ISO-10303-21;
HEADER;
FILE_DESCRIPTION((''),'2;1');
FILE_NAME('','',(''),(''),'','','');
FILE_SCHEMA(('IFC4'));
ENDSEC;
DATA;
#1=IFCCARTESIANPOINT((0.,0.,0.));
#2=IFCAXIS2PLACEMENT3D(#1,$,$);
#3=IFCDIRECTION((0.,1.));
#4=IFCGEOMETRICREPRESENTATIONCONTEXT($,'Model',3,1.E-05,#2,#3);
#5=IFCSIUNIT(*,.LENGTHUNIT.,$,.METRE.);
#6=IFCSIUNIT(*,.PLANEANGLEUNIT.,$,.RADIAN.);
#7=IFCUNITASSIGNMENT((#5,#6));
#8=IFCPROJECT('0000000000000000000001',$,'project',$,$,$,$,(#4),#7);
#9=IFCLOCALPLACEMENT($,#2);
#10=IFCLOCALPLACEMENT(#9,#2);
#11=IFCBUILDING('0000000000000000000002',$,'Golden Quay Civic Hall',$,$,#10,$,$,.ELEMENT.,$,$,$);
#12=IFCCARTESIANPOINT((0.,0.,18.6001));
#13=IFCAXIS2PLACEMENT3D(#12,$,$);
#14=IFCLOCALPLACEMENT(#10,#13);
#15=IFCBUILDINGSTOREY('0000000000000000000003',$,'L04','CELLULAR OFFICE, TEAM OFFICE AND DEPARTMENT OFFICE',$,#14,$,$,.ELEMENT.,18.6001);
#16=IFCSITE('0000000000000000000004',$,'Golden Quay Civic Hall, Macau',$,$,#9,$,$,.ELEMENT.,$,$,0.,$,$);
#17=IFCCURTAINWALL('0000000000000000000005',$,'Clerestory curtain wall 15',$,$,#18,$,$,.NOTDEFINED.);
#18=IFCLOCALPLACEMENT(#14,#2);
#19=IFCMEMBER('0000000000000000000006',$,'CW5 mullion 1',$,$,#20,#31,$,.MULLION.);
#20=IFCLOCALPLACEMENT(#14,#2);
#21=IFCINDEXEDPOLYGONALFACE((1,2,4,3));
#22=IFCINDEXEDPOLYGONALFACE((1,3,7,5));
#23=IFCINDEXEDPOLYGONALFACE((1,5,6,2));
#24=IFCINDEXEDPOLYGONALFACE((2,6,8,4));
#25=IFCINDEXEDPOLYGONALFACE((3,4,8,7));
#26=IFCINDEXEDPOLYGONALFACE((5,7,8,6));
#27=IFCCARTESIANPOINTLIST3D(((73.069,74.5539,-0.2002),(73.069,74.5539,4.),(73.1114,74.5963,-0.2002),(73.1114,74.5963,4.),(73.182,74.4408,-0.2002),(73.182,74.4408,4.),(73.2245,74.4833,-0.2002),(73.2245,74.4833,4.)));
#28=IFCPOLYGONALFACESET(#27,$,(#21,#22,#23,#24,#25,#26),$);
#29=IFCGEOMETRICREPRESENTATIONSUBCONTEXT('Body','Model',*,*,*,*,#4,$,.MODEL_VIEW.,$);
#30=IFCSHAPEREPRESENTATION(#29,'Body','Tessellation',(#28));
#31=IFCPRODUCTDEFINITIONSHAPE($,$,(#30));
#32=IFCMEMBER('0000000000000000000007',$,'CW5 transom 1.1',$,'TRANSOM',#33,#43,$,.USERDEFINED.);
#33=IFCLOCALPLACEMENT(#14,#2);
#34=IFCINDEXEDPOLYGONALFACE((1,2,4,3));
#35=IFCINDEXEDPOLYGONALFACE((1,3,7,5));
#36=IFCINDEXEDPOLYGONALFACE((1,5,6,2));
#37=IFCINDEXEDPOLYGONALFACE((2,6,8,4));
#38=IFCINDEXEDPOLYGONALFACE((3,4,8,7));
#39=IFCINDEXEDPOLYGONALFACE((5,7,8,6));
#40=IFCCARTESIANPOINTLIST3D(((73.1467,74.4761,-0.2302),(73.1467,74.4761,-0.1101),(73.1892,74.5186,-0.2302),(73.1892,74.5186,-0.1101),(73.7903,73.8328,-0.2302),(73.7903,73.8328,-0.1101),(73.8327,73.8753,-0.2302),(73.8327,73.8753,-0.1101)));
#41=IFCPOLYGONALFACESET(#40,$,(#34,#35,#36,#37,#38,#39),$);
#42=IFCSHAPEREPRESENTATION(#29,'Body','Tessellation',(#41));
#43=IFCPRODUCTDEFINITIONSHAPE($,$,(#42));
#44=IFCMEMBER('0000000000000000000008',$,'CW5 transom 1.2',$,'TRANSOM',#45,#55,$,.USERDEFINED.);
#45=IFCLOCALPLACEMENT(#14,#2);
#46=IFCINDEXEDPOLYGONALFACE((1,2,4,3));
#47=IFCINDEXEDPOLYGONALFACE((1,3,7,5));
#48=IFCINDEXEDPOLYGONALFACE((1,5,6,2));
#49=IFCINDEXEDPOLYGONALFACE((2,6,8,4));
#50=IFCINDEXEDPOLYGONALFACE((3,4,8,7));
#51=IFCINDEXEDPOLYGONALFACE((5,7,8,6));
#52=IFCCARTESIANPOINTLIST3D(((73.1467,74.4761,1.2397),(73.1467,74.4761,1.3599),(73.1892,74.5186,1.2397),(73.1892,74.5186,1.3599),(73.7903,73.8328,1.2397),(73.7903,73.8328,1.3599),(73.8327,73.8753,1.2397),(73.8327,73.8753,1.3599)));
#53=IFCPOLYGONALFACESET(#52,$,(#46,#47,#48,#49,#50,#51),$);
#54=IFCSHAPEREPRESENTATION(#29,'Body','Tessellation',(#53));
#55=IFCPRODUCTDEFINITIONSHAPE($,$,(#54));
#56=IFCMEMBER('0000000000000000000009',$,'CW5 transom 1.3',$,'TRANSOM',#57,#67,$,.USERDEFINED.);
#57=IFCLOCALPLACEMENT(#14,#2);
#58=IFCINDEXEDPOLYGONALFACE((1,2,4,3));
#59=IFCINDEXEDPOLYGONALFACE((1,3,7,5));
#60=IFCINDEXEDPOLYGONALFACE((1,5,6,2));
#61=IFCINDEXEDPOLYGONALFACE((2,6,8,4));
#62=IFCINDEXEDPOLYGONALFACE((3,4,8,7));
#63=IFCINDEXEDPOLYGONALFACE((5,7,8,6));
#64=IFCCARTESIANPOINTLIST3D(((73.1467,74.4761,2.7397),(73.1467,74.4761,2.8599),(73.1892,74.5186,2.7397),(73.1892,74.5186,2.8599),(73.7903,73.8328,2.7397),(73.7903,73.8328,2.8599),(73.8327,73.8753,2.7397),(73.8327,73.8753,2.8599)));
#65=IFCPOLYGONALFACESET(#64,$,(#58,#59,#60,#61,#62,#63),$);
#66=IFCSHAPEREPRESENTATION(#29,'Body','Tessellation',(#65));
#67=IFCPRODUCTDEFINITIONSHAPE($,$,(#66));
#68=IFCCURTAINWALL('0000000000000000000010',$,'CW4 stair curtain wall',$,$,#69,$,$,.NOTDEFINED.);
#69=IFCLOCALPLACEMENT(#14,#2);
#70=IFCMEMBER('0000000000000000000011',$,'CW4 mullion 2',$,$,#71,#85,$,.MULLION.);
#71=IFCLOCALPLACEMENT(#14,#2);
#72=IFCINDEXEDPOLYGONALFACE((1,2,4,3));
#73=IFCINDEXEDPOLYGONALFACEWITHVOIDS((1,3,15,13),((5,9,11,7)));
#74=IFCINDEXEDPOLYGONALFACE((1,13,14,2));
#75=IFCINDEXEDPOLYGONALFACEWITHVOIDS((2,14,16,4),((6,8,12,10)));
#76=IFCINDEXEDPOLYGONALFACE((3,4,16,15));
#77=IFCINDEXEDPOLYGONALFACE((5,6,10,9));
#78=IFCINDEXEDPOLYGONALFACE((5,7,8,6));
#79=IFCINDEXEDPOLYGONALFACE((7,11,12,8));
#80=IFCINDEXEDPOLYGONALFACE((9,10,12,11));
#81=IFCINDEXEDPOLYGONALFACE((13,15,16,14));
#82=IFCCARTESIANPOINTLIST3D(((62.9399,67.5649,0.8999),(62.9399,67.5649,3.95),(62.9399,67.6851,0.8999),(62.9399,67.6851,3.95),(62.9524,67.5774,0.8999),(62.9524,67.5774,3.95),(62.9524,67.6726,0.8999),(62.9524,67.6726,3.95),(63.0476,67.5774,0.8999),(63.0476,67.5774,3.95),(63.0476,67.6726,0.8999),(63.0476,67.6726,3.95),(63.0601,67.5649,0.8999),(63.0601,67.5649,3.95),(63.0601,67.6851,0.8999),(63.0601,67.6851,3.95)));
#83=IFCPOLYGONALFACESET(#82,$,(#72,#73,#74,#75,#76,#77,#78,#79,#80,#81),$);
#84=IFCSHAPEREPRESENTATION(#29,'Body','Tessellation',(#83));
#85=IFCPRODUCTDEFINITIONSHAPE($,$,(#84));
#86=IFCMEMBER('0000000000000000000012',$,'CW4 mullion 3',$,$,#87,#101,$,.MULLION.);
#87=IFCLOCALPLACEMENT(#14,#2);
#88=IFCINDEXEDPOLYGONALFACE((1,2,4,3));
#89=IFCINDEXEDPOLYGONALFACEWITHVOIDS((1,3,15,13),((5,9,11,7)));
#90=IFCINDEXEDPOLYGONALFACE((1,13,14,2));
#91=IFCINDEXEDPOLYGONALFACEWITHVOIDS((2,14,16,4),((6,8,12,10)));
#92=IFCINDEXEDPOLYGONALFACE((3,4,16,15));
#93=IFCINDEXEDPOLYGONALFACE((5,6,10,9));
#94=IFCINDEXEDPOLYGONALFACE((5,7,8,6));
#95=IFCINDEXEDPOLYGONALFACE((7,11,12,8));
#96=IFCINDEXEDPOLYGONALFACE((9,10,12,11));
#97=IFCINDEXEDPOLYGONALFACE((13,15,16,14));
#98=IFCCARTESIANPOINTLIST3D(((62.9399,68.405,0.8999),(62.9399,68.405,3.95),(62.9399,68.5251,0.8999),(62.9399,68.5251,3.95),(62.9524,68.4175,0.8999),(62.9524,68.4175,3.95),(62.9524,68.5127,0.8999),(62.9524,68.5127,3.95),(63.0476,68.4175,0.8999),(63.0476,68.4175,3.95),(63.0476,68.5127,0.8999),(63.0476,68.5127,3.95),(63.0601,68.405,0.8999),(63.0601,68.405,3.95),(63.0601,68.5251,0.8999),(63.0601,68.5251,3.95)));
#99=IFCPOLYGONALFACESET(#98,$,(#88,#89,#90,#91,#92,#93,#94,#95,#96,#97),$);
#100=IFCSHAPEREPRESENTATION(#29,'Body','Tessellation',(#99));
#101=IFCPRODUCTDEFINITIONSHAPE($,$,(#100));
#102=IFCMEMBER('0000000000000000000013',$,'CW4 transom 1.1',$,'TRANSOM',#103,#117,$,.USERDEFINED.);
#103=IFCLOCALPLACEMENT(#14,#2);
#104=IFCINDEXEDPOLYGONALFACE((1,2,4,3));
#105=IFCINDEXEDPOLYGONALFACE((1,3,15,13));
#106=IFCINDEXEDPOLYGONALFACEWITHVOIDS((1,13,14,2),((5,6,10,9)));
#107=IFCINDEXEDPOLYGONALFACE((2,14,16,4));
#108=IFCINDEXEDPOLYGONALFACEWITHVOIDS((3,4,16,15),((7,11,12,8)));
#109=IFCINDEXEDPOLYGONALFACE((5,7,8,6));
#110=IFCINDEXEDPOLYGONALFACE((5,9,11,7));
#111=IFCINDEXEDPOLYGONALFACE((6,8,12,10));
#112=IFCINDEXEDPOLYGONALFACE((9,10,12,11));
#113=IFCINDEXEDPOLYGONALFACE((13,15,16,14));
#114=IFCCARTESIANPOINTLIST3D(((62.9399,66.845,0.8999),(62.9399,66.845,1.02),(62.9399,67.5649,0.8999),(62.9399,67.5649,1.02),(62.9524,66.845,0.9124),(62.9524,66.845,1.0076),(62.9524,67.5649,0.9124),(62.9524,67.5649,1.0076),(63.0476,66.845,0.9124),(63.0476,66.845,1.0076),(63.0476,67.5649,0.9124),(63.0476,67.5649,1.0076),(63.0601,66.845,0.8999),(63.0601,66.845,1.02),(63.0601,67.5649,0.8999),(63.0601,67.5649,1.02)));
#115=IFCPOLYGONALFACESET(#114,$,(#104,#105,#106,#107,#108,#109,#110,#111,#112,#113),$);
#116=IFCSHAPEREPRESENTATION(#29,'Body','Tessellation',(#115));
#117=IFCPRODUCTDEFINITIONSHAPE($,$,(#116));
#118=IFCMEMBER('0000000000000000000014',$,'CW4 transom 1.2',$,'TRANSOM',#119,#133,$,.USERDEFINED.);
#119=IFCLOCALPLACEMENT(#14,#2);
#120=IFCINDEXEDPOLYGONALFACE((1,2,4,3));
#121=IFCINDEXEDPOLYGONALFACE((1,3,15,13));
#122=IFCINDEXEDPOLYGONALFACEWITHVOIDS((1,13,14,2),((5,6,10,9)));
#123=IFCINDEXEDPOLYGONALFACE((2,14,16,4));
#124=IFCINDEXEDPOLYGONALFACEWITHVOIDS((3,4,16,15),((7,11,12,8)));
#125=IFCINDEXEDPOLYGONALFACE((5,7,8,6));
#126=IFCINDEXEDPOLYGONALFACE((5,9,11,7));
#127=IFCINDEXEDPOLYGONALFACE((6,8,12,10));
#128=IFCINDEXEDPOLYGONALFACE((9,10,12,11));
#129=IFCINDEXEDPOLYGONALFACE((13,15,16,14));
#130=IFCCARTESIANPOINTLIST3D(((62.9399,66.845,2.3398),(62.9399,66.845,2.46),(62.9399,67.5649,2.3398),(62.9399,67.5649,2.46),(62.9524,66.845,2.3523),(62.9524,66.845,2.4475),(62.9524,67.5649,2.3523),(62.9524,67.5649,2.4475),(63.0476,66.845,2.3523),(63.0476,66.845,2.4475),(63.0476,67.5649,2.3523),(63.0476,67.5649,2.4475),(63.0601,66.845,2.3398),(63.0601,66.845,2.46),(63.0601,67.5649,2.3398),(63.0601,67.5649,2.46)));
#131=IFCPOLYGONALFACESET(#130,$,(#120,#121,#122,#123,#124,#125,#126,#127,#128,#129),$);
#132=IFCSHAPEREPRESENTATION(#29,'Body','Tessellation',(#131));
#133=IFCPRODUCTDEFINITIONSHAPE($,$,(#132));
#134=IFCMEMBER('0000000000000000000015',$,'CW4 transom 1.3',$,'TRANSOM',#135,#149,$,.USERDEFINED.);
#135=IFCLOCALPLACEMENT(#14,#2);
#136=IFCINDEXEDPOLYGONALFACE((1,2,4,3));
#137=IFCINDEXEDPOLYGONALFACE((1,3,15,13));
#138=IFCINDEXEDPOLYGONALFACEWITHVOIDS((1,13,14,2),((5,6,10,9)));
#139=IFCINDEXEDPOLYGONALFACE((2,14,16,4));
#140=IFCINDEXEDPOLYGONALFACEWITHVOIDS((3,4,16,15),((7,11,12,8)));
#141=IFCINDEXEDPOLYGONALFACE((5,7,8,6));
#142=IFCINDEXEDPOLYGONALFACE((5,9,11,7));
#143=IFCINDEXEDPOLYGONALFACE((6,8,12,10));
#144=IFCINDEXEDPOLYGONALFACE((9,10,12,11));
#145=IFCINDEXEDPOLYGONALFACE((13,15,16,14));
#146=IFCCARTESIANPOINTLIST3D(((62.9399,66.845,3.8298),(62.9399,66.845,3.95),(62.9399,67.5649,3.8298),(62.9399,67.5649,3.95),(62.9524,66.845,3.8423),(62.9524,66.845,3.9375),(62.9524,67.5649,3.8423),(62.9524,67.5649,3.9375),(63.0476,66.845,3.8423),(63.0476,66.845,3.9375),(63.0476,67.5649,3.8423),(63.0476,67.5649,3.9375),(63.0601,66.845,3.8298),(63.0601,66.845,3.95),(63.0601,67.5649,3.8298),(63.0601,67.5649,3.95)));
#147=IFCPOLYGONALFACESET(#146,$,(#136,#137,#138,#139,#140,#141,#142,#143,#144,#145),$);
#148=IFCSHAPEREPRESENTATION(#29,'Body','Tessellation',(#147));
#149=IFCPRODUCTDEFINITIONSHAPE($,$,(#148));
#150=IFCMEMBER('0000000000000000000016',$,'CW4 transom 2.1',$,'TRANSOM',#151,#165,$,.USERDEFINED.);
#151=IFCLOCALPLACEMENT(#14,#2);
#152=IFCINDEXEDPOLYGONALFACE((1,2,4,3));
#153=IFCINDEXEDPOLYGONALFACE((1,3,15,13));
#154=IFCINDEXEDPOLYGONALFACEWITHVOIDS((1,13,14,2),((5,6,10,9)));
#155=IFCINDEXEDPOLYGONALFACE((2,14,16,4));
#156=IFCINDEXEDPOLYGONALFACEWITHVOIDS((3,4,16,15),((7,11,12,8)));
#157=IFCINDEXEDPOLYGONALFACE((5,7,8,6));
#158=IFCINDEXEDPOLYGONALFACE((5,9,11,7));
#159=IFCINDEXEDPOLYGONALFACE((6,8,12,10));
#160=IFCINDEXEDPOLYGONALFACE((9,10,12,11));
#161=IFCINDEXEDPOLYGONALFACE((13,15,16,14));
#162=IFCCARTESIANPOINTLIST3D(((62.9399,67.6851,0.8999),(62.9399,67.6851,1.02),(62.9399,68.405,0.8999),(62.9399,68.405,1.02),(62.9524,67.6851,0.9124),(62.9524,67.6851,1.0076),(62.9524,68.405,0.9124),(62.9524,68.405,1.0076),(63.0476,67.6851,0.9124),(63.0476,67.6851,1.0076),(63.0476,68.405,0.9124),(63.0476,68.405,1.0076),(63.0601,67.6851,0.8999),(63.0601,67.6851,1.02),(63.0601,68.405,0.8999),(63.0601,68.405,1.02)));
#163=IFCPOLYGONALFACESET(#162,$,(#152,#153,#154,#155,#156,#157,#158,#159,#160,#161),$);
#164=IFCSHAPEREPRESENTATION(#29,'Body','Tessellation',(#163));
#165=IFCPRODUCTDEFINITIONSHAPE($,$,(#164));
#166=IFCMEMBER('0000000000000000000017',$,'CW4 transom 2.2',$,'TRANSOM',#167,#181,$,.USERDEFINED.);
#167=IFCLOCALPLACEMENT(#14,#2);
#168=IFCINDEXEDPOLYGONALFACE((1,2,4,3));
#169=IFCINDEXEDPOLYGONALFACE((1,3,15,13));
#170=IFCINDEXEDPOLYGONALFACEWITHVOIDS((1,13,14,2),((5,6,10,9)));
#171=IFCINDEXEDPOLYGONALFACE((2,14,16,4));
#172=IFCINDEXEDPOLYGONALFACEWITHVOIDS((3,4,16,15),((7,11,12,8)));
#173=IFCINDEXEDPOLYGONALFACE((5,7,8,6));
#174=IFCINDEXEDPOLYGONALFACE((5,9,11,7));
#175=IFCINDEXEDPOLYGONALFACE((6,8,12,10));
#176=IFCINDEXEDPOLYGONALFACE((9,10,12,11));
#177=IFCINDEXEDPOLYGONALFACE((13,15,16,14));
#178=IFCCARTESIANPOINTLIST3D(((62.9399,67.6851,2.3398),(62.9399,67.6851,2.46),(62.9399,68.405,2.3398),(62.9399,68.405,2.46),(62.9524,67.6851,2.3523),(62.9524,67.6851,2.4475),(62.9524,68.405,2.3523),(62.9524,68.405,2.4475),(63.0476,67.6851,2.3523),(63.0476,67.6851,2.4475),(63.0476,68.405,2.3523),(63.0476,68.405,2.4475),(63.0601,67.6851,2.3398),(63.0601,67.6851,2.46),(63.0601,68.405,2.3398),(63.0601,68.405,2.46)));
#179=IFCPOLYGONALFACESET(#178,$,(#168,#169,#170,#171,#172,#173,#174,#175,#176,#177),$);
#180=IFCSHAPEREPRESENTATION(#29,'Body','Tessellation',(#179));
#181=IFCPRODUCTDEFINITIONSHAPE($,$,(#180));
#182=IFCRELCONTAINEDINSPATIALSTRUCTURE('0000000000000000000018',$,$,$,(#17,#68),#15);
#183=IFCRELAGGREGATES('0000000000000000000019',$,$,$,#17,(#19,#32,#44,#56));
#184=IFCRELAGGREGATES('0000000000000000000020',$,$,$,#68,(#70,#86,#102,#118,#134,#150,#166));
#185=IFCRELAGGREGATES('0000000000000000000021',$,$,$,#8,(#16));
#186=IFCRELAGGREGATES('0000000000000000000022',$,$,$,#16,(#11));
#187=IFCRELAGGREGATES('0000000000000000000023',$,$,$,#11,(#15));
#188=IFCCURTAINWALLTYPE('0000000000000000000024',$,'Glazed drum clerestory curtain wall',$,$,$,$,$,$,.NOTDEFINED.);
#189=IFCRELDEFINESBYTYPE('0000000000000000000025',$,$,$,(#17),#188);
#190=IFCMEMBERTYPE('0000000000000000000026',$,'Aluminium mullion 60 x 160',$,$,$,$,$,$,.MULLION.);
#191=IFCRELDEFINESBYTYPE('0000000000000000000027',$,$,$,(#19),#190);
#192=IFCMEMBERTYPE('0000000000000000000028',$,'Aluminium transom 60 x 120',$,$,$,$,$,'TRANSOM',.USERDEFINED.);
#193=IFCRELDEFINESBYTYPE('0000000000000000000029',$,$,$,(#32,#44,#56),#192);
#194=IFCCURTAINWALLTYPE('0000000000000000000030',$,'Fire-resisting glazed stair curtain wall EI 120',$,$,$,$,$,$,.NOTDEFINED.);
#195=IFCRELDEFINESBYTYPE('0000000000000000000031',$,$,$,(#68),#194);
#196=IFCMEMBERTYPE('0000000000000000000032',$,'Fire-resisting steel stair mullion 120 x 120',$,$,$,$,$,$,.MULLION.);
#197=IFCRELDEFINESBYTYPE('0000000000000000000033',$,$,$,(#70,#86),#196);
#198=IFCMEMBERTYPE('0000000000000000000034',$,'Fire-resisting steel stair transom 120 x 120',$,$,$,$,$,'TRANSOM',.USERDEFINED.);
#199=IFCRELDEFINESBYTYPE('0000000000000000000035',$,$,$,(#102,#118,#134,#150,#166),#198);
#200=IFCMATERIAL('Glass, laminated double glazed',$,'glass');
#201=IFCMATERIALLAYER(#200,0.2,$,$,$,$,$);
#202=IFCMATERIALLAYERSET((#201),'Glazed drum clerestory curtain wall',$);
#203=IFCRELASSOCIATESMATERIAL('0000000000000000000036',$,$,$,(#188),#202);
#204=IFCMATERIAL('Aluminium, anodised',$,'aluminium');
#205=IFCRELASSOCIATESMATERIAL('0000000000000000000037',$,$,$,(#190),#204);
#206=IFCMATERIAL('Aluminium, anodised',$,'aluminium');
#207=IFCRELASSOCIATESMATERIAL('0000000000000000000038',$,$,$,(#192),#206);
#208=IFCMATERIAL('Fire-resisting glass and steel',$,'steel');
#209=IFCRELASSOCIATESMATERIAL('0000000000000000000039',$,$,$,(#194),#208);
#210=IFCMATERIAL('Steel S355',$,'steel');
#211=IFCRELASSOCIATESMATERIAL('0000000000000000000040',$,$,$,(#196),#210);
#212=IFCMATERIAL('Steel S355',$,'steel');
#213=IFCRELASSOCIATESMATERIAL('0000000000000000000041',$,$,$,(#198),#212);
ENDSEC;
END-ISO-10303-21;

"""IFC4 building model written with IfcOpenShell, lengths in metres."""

from ifc_helpers import new_model, si_unit, direction, frame, origin, origin_2d, place, context, subcontext, project, spatial, rectangle, hollow_rectangle, extrude, material, layer, layer_set, material_profile, profile_set, type_object, element, aggregate, save


model = new_model("IFC4")

# Units and contexts
model_context = context("Model", 3, precision=1e-05, world=origin(), true_north=direction((0.0, 1.0)))
body_context = subcontext(model_context, "Body", "Model", "MODEL_VIEW")
ifc_project = project(units=[si_unit("LENGTHUNIT", "METRE"), si_unit("PLANEANGLEUNIT", "RADIAN")], contexts=[model_context])

# Site, building, storey
site_placement = place(None, origin())
site = spatial("IfcSite", under=ifc_project, at=site_placement, Name="Golden Quay Civic Hall, Macau", CompositionType="ELEMENT", RefElevation=0.0)
building_placement = place(site_placement, origin())
building = spatial("IfcBuilding", under=site, at=building_placement, Name="Golden Quay Civic Hall", CompositionType="ELEMENT")
storey_placement = place(building_placement, frame((0.0, 0.0, 18.6001)))
storey = spatial("IfcBuildingStorey", under=building, at=storey_placement, Name="L04", Description="CELLULAR OFFICE, TEAM OFFICE AND DEPARTMENT OFFICE", CompositionType="ELEMENT", Elevation=18.6001)

# Curtain walls, members
ifc_material_1 = material(Name="Glass, laminated double glazed", Category="glass")
ifc_layer_1 = layer(ifc_material_1, 0.2)
ifc_layer_set_1 = layer_set([ifc_layer_1], Name="Glazed drum clerestory curtain wall")
curtain_wall_type_1 = type_object("IfcCurtainWallType", Name="Glazed drum clerestory curtain wall", PredefinedType="NOTDEFINED", material=ifc_layer_set_1)
curtain_wall_1_placement = place(storey_placement, origin())
curtain_wall_1 = element("IfcCurtainWall", 1, at=curtain_wall_1_placement, inside=storey, type_object=curtain_wall_type_1, Name="Clerestory curtain wall 15", PredefinedType="NOTDEFINED")
ifc_material_2 = material(Name="Aluminium, anodised", Category="aluminium")
ifc_material_profile_1 = material_profile(ifc_material_2, rectangle(XDim=0.0601, YDim=0.1599, at=origin_2d()), Name="Aluminium 60 x 160")
ifc_profile_set_1 = profile_set([ifc_material_profile_1], Name="Aluminium, anodised")
member_type_1 = type_object("IfcMemberType", Name="Aluminium mullion 60 x 160", PredefinedType="MULLION", material=ifc_profile_set_1)
member_1_placement = place(storey_placement, frame((73.1467, 74.5186, -0.2002), z_axis=(0.0, 0.0, 1.0), x_axis=(0.707107, 0.707107, 0.0)))
member_1 = element("IfcMember", 2, at=member_1_placement, type_object=member_type_1, Name="CW5 mullion 1", PredefinedType="MULLION", context=body_context, shape_type="SweptSolid", body=[
    extrude(rectangle(XDim=0.0601, YDim=0.1599, at=origin_2d()), origin(), (0.0, 0.0, 1.0), 4.2002),
])
ifc_material_3 = material(Name="Aluminium, anodised", Category="aluminium")
ifc_material_profile_2 = material_profile(ifc_material_3, rectangle(XDim=0.0601, YDim=0.1201, at=origin_2d()), Name="Aluminium 60 x 120")
ifc_profile_set_2 = profile_set([ifc_material_profile_2], Name="Aluminium, anodised")
member_type_2 = type_object("IfcMemberType", Name="Aluminium transom 60 x 120", ElementType="TRANSOM", PredefinedType="USERDEFINED", material=ifc_profile_set_2)
member_2_placement = place(storey_placement, frame((73.168, 74.4973, -0.1702), z_axis=(0.707241, -0.706973, 0.0), x_axis=(0.706973, 0.707241, 0.0)))
member_2 = element("IfcMember", 3, at=member_2_placement, type_object=member_type_2, Name="CW5 transom 1.1", ObjectType="TRANSOM", PredefinedType="USERDEFINED", context=body_context, shape_type="SweptSolid", body=[
    extrude(rectangle(XDim=0.0601, YDim=0.1201, at=origin_2d()), origin(), (0.0, 0.0, 1.0), 0.9099),
])
member_3_placement = place(storey_placement, frame((73.168, 74.4973, 1.2998), z_axis=(0.707241, -0.706973, 0.0), x_axis=(0.706973, 0.707241, 0.0)))
member_3 = element("IfcMember", 4, at=member_3_placement, type_object=member_type_2, Name="CW5 transom 1.2", ObjectType="TRANSOM", PredefinedType="USERDEFINED", context=body_context, shape_type="SweptSolid", body=[
    extrude(rectangle(XDim=0.0601, YDim=0.1201, at=origin_2d()), origin(), (0.0, 0.0, 1.0), 0.9099),
])
member_4_placement = place(storey_placement, frame((73.168, 74.4973, 2.7998), z_axis=(0.707241, -0.706973, 0.0), x_axis=(0.706973, 0.707241, 0.0)))
member_4 = element("IfcMember", 5, at=member_4_placement, type_object=member_type_2, Name="CW5 transom 1.3", ObjectType="TRANSOM", PredefinedType="USERDEFINED", context=body_context, shape_type="SweptSolid", body=[
    extrude(rectangle(XDim=0.0601, YDim=0.1201, at=origin_2d()), origin(), (0.0, 0.0, 1.0), 0.9099),
])
aggregate(curtain_wall_1, [member_1, member_2, member_3, member_4])
ifc_material_4 = material(Name="Fire-resisting glass and steel", Category="steel")
curtain_wall_type_2 = type_object("IfcCurtainWallType", Name="Fire-resisting glazed stair curtain wall EI 120", PredefinedType="NOTDEFINED", material=ifc_material_4)
curtain_wall_2_placement = place(storey_placement, origin())
curtain_wall_2 = element("IfcCurtainWall", 6, at=curtain_wall_2_placement, inside=storey, type_object=curtain_wall_type_2, Name="CW4 stair curtain wall", PredefinedType="NOTDEFINED")
ifc_material_5 = material(Name="Steel S355", Category="steel")
ifc_material_profile_3 = material_profile(ifc_material_5, hollow_rectangle(XDim=0.1201, YDim=0.1201, WallThickness=0.0125, at=origin_2d()), Name="SHS 120x120x12.5")
ifc_profile_set_3 = profile_set([ifc_material_profile_3], Name="Steel S355")
member_type_3 = type_object("IfcMemberType", Name="Fire-resisting steel stair mullion 120 x 120", PredefinedType="MULLION", material=ifc_profile_set_3)
member_5_placement = place(storey_placement, frame((63.0, 67.625, 0.8999), z_axis=(0.0, 0.0, 1.0), x_axis=(-1.0, 0.0, 0.0)))
member_5 = element("IfcMember", 7, at=member_5_placement, type_object=member_type_3, Name="CW4 mullion 2", PredefinedType="MULLION", context=body_context, shape_type="SweptSolid", body=[
    extrude(hollow_rectangle(XDim=0.1201, YDim=0.1201, WallThickness=0.0125, at=origin_2d()), origin(), (0.0, 0.0, 1.0), 3.05),
])
member_6_placement = place(storey_placement, frame((63.0, 68.4651, 0.8999), z_axis=(0.0, 0.0, 1.0), x_axis=(-1.0, 0.0, 0.0)))
member_6 = element("IfcMember", 8, at=member_6_placement, type_object=member_type_3, Name="CW4 mullion 3", PredefinedType="MULLION", context=body_context, shape_type="SweptSolid", body=[
    extrude(hollow_rectangle(XDim=0.1201, YDim=0.1201, WallThickness=0.0125, at=origin_2d()), origin(), (0.0, 0.0, 1.0), 3.05),
])
ifc_material_6 = material(Name="Steel S355", Category="steel")
ifc_material_profile_4 = material_profile(ifc_material_6, hollow_rectangle(XDim=0.1201, YDim=0.1201, WallThickness=0.0125, at=origin_2d()), Name="SHS 120x120x12.5")
ifc_profile_set_4 = profile_set([ifc_material_profile_4], Name="Steel S355")
member_type_4 = type_object("IfcMemberType", Name="Fire-resisting steel stair transom 120 x 120", ElementType="TRANSOM", PredefinedType="USERDEFINED", material=ifc_profile_set_4)
member_7_placement = place(storey_placement, frame((63.0, 66.845, 0.96), z_axis=(0.0, 1.0, 0.0), x_axis=(-1.0, 0.0, 0.0)))
member_7 = element("IfcMember", 9, at=member_7_placement, type_object=member_type_4, Name="CW4 transom 1.1", ObjectType="TRANSOM", PredefinedType="USERDEFINED", context=body_context, shape_type="SweptSolid", body=[
    extrude(hollow_rectangle(XDim=0.1201, YDim=0.1201, WallThickness=0.0125, at=origin_2d()), origin(), (0.0, 0.0, 1.0), 0.72),
])
member_8_placement = place(storey_placement, frame((63.0, 66.845, 2.3999), z_axis=(0.0, 1.0, 0.0), x_axis=(-1.0, 0.0, 0.0)))
member_8 = element("IfcMember", 10, at=member_8_placement, type_object=member_type_4, Name="CW4 transom 1.2", ObjectType="TRANSOM", PredefinedType="USERDEFINED", context=body_context, shape_type="SweptSolid", body=[
    extrude(hollow_rectangle(XDim=0.1201, YDim=0.1201, WallThickness=0.0125, at=origin_2d()), origin(), (0.0, 0.0, 1.0), 0.72),
])
member_9_placement = place(storey_placement, frame((63.0, 66.845, 3.8899), z_axis=(0.0, 1.0, 0.0), x_axis=(-1.0, 0.0, 0.0)))
member_9 = element("IfcMember", 11, at=member_9_placement, type_object=member_type_4, Name="CW4 transom 1.3", ObjectType="TRANSOM", PredefinedType="USERDEFINED", context=body_context, shape_type="SweptSolid", body=[
    extrude(hollow_rectangle(XDim=0.1201, YDim=0.1201, WallThickness=0.0125, at=origin_2d()), origin(), (0.0, 0.0, 1.0), 0.72),
])
member_10_placement = place(storey_placement, frame((63.0, 67.6851, 0.96), z_axis=(0.0, 1.0, 0.0), x_axis=(-1.0, 0.0, 0.0)))
member_10 = element("IfcMember", 12, at=member_10_placement, type_object=member_type_4, Name="CW4 transom 2.1", ObjectType="TRANSOM", PredefinedType="USERDEFINED", context=body_context, shape_type="SweptSolid", body=[
    extrude(hollow_rectangle(XDim=0.1201, YDim=0.1201, WallThickness=0.0125, at=origin_2d()), origin(), (0.0, 0.0, 1.0), 0.72),
])
member_11_placement = place(storey_placement, frame((63.0, 67.6851, 2.3999), z_axis=(0.0, 1.0, 0.0), x_axis=(-1.0, 0.0, 0.0)))
member_11 = element("IfcMember", 13, at=member_11_placement, type_object=member_type_4, Name="CW4 transom 2.2", ObjectType="TRANSOM", PredefinedType="USERDEFINED", context=body_context, shape_type="SweptSolid", body=[
    extrude(hollow_rectangle(XDim=0.1201, YDim=0.1201, WallThickness=0.0125, at=origin_2d()), origin(), (0.0, 0.0, 1.0), 0.72),
])

aggregate(curtain_wall_2, [member_5, member_6, member_7, member_8, member_9, member_10, member_11])

save(model, "model.ifc")
